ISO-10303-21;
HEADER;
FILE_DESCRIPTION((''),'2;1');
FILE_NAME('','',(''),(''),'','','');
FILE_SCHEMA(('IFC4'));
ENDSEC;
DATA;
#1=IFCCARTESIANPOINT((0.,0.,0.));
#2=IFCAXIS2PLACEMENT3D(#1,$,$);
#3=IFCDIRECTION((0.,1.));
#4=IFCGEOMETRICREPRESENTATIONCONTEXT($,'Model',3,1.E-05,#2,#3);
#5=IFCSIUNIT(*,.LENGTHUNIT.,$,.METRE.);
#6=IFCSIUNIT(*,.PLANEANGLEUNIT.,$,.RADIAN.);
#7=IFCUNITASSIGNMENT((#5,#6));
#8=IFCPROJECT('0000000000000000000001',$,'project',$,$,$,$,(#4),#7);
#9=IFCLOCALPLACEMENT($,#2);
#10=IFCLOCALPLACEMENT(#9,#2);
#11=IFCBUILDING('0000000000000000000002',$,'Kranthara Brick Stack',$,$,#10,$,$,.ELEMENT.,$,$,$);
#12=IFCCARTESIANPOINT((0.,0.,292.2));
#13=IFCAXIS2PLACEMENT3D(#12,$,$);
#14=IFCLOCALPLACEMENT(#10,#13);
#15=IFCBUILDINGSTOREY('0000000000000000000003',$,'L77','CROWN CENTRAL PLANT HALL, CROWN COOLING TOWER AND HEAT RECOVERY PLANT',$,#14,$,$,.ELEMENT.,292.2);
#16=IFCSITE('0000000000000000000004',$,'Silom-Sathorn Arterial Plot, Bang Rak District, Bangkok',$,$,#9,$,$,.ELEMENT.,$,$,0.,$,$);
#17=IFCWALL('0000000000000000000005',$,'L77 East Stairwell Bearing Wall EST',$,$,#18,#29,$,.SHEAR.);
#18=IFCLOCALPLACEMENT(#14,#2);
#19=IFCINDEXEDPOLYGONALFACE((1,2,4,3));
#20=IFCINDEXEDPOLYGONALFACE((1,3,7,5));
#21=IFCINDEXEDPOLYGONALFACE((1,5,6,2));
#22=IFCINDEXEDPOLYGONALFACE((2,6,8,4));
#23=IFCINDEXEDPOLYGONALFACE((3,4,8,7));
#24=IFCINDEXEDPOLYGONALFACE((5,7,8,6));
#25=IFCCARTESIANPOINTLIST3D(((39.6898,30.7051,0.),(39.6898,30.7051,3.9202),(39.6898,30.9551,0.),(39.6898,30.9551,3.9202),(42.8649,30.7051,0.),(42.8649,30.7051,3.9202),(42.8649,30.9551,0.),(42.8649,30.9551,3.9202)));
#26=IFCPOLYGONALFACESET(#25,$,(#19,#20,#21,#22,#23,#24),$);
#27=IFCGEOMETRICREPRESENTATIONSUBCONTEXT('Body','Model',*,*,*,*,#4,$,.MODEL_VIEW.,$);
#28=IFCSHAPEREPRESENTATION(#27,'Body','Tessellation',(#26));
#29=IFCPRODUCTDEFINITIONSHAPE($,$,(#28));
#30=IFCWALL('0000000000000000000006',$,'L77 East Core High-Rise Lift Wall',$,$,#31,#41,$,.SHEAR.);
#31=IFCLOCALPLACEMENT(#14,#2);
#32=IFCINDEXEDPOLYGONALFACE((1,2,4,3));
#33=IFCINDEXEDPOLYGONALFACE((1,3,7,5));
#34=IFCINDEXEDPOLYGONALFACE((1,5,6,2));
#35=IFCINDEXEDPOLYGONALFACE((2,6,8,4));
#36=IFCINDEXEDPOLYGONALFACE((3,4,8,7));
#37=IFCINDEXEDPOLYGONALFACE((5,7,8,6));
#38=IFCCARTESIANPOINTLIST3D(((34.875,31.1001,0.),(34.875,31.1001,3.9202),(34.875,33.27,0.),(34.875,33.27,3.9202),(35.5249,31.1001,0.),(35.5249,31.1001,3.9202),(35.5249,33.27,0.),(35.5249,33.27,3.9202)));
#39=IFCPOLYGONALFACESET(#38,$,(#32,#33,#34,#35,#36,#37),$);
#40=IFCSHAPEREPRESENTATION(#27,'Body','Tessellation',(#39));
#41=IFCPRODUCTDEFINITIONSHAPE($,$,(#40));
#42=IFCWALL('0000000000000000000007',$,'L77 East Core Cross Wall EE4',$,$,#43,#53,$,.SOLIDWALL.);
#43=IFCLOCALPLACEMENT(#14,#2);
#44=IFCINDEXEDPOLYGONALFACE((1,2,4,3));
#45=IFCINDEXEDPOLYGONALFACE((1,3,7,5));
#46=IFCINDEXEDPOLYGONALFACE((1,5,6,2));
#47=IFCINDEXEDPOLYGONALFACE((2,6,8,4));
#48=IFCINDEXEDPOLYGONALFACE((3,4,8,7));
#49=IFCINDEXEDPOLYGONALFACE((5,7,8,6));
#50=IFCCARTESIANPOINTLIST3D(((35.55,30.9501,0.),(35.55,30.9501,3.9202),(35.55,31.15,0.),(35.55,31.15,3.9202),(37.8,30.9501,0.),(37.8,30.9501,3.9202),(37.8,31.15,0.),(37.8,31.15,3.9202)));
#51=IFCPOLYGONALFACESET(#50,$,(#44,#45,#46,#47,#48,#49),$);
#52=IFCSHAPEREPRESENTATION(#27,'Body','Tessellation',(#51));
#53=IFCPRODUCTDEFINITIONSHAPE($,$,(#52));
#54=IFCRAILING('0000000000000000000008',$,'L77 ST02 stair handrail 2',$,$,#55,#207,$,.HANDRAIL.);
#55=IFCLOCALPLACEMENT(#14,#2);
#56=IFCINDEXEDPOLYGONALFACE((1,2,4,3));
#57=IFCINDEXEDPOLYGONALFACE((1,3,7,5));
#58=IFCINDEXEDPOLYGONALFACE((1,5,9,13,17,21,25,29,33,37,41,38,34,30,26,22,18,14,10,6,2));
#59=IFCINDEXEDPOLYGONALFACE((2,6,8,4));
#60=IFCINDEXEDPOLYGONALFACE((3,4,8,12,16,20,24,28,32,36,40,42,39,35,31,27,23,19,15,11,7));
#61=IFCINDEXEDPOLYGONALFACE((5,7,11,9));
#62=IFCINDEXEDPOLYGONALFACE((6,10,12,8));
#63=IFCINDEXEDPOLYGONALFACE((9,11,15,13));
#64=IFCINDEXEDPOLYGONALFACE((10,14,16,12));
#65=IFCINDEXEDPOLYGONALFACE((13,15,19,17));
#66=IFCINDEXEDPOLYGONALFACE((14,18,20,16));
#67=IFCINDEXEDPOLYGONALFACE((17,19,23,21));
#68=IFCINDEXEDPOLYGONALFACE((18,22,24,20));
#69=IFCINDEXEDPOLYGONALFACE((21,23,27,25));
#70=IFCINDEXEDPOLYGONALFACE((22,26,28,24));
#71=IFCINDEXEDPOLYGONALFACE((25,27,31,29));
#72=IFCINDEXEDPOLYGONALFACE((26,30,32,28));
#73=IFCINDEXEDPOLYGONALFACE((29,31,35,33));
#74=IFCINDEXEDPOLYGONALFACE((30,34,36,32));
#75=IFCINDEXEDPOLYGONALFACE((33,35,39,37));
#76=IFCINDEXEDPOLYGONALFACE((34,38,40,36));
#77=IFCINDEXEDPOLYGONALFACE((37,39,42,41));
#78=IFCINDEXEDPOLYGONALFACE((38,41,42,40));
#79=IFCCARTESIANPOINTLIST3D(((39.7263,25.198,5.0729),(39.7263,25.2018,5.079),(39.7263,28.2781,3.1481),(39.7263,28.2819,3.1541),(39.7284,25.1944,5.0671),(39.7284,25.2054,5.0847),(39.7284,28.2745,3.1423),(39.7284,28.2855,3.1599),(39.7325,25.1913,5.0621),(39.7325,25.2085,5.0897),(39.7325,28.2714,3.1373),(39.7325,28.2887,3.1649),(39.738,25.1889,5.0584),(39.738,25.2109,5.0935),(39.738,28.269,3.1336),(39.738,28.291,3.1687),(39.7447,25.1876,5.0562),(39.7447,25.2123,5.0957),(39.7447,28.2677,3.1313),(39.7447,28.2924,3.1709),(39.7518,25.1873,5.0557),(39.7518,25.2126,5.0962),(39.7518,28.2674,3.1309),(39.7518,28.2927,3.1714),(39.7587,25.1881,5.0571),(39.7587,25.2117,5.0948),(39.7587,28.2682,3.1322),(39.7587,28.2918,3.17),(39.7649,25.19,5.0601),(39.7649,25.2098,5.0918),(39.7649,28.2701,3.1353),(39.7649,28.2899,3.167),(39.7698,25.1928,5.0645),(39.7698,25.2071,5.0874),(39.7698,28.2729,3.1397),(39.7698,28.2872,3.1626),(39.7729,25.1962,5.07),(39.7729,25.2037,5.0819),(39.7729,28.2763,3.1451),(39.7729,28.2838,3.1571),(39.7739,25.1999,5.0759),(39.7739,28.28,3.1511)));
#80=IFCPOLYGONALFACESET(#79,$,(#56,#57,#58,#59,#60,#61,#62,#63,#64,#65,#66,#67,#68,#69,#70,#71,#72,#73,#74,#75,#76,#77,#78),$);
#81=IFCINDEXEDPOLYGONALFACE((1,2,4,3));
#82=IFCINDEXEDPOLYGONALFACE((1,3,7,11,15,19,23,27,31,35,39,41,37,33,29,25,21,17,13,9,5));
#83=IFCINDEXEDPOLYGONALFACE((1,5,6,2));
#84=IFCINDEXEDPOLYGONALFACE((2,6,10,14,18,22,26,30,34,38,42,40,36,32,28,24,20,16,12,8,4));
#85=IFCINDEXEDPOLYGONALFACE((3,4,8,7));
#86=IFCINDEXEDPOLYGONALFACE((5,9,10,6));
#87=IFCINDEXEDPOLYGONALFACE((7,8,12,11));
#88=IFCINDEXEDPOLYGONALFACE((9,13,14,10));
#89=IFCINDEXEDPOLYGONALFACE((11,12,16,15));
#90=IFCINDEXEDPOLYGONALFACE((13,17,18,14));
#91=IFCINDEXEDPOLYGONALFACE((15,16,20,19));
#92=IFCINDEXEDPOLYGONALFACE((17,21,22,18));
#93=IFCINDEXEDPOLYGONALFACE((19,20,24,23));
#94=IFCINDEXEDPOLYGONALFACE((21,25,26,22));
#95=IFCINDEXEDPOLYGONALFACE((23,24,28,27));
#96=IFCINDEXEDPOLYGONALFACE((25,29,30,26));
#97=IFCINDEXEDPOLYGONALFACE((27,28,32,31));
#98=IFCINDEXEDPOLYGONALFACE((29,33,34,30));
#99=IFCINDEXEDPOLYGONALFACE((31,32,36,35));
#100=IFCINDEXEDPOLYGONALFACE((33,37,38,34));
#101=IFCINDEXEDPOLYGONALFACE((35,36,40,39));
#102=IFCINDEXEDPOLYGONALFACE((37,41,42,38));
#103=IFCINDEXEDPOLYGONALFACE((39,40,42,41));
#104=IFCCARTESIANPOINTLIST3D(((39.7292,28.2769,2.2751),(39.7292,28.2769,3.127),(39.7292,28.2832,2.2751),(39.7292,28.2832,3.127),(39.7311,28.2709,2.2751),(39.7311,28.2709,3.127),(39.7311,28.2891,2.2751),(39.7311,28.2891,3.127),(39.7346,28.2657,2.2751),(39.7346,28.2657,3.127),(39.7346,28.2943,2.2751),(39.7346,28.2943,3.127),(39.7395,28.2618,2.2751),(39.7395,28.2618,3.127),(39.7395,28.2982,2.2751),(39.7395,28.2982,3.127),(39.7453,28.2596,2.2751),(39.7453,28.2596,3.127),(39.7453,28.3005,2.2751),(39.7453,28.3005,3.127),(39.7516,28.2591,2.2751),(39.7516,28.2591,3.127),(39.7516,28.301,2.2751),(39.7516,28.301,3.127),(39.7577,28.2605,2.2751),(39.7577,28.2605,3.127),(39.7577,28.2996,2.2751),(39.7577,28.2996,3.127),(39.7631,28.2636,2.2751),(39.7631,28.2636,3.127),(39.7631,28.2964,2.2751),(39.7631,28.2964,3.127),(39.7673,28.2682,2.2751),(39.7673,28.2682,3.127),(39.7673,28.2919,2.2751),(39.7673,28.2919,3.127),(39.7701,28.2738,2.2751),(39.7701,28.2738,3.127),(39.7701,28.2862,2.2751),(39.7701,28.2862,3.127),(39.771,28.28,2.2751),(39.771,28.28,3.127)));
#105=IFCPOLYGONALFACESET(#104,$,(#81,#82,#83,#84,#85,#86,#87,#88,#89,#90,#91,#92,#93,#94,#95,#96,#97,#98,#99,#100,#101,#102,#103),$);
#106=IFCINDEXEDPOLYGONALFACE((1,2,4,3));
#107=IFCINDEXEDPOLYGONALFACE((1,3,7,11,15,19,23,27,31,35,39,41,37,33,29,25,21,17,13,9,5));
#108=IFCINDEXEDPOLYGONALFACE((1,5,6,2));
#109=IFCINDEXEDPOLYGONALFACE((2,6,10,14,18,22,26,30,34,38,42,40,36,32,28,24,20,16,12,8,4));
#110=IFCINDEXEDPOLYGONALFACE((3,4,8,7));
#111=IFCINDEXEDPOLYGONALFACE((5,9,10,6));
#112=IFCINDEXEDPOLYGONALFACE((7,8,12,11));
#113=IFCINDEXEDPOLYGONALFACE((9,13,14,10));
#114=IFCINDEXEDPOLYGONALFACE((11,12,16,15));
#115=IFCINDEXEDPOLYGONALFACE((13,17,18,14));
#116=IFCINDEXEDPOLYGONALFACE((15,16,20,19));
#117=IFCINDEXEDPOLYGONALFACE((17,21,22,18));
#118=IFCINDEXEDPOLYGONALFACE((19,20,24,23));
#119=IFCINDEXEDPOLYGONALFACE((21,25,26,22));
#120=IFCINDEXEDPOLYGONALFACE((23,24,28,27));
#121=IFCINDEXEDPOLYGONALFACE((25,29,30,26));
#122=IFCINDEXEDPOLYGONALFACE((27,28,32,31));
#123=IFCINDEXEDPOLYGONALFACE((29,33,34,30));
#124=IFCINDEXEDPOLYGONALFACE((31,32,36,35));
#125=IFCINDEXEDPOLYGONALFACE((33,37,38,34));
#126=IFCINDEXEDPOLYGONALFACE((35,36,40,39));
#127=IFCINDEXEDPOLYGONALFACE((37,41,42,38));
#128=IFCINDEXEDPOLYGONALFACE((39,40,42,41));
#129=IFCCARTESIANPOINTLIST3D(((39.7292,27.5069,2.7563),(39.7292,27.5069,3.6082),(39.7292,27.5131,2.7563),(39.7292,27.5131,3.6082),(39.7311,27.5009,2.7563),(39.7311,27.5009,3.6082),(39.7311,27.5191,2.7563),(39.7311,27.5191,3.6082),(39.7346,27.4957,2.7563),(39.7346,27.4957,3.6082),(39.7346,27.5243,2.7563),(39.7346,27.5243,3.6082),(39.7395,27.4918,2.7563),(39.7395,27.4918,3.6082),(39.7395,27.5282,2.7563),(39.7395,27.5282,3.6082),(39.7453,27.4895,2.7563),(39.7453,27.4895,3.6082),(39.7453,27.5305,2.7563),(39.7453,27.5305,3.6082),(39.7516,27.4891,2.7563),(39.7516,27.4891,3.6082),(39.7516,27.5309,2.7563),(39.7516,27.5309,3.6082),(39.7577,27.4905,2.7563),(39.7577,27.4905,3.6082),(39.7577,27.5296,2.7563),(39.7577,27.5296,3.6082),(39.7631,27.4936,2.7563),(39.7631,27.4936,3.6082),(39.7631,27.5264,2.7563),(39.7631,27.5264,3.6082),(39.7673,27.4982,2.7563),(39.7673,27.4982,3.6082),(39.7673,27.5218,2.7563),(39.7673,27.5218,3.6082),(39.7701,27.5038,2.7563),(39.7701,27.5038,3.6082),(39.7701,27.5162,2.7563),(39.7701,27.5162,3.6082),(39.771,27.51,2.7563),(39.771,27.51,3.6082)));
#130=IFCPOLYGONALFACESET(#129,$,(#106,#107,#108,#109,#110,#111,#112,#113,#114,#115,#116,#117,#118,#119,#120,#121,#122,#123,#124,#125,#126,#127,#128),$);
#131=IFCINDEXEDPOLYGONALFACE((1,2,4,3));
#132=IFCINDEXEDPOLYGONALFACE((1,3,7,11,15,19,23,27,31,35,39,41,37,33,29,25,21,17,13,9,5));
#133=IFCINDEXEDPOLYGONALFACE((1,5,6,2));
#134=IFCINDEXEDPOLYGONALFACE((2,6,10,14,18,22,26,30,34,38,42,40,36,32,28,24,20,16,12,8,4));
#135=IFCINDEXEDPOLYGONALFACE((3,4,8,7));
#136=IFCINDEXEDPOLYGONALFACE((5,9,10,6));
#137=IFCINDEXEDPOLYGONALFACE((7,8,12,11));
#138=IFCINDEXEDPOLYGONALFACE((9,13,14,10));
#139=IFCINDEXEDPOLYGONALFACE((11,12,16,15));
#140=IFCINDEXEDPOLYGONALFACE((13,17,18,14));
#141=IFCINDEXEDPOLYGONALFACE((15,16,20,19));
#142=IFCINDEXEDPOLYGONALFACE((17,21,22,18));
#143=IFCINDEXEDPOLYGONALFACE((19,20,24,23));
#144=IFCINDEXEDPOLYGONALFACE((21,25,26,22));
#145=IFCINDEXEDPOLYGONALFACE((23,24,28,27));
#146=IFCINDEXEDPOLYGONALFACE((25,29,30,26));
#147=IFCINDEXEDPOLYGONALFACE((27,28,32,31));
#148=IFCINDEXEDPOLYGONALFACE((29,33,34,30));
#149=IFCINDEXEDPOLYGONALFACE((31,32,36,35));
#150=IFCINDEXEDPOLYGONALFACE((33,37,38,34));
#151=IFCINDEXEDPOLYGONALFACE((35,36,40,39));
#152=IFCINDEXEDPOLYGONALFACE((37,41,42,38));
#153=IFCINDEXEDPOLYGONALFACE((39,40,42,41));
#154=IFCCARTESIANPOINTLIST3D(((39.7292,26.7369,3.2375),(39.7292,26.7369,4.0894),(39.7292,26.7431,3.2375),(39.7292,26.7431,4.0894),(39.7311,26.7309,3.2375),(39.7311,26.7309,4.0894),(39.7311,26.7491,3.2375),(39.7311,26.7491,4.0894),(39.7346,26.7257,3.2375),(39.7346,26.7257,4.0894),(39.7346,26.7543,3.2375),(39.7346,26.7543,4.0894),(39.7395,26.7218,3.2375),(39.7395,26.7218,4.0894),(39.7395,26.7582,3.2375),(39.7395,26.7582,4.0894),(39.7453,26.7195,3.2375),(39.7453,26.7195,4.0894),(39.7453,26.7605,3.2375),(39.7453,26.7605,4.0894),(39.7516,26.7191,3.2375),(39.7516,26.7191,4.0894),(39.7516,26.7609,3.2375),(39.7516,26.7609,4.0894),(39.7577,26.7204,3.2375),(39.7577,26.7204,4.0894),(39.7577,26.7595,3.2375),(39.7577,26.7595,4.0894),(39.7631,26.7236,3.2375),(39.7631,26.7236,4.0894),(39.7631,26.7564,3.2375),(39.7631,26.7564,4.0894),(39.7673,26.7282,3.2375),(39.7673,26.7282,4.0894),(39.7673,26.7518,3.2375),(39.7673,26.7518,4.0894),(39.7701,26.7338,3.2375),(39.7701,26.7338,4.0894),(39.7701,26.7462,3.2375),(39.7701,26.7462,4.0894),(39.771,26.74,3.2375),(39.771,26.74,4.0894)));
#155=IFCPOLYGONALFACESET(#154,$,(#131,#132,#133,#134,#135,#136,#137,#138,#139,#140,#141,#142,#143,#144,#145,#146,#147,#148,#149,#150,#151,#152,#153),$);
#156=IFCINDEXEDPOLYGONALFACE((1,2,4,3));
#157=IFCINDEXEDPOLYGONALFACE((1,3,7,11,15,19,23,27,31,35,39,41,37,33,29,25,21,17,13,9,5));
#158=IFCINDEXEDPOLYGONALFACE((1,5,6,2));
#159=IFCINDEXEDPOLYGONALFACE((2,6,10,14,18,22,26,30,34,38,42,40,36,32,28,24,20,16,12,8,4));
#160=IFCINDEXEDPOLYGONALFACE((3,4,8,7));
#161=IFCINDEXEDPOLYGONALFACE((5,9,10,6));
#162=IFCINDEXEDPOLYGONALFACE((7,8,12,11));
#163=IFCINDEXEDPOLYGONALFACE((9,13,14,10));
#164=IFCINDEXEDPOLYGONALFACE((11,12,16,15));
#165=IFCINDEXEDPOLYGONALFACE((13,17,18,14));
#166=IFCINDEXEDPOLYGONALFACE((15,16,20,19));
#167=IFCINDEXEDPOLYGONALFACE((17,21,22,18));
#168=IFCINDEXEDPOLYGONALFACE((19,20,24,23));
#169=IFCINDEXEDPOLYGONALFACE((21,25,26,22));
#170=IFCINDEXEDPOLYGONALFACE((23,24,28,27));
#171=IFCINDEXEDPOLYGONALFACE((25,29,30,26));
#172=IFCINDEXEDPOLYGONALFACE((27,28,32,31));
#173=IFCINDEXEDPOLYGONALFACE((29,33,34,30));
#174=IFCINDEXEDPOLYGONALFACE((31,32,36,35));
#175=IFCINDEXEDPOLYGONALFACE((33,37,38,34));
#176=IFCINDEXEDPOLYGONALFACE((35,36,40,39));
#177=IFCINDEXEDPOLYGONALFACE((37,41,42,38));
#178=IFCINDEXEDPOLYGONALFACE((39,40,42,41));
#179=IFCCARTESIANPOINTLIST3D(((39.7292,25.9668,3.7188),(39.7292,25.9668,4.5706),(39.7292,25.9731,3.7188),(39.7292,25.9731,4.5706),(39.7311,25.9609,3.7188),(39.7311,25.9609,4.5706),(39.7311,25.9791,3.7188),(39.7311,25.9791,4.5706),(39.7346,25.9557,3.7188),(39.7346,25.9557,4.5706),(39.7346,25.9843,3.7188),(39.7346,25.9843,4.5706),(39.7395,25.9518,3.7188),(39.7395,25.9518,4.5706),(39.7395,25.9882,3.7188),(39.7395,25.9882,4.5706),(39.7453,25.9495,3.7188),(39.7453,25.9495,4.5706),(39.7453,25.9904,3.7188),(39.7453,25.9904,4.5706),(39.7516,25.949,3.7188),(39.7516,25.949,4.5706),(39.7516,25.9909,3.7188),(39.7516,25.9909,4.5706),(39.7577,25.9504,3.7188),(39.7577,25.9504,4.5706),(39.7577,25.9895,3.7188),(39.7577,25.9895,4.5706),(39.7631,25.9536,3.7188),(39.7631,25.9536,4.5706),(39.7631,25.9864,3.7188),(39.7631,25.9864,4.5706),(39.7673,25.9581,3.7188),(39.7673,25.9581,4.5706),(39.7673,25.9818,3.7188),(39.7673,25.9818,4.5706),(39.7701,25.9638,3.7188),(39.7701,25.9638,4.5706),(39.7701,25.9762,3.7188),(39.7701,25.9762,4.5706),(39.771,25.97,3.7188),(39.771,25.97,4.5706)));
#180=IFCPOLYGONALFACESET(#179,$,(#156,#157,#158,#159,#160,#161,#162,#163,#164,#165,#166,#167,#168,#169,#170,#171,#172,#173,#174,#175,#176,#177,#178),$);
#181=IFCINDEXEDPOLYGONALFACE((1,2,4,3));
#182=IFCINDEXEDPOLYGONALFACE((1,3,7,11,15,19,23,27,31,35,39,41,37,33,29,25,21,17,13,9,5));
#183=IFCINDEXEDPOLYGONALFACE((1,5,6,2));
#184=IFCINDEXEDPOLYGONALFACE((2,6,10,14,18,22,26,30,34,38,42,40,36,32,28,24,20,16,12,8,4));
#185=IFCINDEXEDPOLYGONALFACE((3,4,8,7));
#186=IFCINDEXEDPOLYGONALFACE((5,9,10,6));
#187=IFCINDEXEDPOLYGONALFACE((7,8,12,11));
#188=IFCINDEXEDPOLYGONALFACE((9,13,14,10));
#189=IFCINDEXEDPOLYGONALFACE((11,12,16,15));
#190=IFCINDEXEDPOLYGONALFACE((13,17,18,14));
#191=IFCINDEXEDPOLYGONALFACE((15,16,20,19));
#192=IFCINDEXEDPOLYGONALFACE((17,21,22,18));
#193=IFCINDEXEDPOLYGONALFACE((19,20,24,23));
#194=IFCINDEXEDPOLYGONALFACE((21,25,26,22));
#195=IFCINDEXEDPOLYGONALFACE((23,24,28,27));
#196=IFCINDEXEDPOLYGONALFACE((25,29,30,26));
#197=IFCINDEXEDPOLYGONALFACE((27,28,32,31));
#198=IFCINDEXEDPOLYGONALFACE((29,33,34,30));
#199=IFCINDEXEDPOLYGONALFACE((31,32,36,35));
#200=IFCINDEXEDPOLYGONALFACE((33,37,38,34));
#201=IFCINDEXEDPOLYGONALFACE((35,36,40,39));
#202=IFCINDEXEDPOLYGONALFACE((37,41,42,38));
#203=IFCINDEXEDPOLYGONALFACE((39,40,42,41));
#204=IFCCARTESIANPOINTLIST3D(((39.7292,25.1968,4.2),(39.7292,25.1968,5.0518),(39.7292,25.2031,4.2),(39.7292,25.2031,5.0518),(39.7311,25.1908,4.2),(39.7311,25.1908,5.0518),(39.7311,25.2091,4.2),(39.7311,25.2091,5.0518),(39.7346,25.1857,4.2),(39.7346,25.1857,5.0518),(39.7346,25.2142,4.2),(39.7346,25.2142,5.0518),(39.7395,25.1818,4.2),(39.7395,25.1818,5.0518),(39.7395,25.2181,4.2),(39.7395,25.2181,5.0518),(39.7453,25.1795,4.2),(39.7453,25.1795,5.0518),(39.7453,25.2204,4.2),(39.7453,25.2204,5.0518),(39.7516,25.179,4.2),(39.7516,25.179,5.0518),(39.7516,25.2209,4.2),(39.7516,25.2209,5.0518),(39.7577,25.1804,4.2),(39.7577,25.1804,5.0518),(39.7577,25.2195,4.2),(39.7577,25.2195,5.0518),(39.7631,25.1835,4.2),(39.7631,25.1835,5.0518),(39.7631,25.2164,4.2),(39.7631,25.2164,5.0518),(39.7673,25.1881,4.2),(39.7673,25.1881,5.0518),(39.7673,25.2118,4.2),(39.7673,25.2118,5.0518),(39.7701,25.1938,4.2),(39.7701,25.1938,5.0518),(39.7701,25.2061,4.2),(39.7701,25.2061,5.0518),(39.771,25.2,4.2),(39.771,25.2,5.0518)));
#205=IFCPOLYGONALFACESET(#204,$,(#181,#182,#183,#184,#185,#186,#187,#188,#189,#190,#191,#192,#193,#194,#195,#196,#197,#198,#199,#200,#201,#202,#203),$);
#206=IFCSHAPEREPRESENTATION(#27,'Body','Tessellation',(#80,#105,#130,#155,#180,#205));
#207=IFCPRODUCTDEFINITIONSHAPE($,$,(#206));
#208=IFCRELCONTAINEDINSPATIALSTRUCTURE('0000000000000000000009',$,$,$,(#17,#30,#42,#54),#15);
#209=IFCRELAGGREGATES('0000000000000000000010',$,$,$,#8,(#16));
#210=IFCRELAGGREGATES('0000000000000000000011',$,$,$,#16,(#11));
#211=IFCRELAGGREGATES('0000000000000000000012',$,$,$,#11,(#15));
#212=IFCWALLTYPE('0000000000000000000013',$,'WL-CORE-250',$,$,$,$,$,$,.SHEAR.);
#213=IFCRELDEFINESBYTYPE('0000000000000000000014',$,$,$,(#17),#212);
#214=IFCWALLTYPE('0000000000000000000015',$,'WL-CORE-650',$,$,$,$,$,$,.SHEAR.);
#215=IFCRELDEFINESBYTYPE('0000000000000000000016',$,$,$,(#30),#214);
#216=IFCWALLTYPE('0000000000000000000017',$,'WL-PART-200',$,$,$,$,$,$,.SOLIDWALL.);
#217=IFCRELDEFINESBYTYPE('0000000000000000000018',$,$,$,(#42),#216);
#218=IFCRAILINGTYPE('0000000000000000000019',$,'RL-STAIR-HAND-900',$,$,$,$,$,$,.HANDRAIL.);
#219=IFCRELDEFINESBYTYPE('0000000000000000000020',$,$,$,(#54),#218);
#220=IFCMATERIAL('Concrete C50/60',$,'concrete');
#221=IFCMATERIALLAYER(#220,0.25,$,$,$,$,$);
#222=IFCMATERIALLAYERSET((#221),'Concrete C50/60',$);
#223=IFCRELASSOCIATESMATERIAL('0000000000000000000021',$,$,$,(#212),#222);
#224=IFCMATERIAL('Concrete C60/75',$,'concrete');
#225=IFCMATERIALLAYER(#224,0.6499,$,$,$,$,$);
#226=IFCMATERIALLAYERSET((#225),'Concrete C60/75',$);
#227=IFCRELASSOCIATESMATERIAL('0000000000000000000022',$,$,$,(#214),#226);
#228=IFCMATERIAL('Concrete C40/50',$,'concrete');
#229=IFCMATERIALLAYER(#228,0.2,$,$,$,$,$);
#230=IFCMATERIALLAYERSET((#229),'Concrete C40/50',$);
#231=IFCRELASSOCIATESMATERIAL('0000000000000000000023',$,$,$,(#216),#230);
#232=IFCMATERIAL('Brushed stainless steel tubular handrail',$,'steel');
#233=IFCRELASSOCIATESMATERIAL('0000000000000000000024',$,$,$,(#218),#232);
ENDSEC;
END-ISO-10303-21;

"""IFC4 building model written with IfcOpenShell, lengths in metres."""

from ifc_helpers import new_model, si_unit, direction, frame, frame_2d, origin, origin_2d, place, context, subcontext, project, spatial, rectangle, circle, extrude, material, layer, layer_set, type_object, element, save


model = new_model("IFC4")

# Units and contexts
model_context = context("Model", 3, precision=1e-05, world=origin(), true_north=direction((0.0, 1.0)))
body_context = subcontext(model_context, "Body", "Model", "MODEL_VIEW")
ifc_project = project(units=[si_unit("LENGTHUNIT", "METRE"), si_unit("PLANEANGLEUNIT", "RADIAN")], contexts=[model_context])

# Site, building, storey
site_placement = place(None, origin())
site = spatial("IfcSite", under=ifc_project, at=site_placement, Name="Silom-Sathorn Arterial Plot, Bang Rak District, Bangkok", CompositionType="ELEMENT", RefElevation=0.0)
building_placement = place(site_placement, origin())
building = spatial("IfcBuilding", under=site, at=building_placement, Name="Kranthara Brick Stack", CompositionType="ELEMENT")
storey_placement = place(building_placement, frame((0.0, 0.0, 292.2)))
storey = spatial("IfcBuildingStorey", under=building, at=storey_placement, Name="L77", Description="CROWN CENTRAL PLANT HALL, CROWN COOLING TOWER AND HEAT RECOVERY PLANT", CompositionType="ELEMENT", Elevation=292.2)

# Wall
ifc_material_1 = material(Name="Concrete C50/60", Category="concrete")
ifc_layer_1 = layer(ifc_material_1, 0.25)
ifc_layer_set_1 = layer_set([ifc_layer_1], Name="Concrete C50/60")
wall_type_1 = type_object("IfcWallType", Name="WL-CORE-250", PredefinedType="SHEAR", material=ifc_layer_set_1)
wall_1_placement = place(storey_placement, frame((39.6899, 30.8301, 0.0), z_axis=(0.0, 0.0, 1.0), x_axis=(1.0, 0.0, 0.0)))
element("IfcWall", 1, at=wall_1_placement, inside=storey, type_object=wall_type_1, Name="L77 East Stairwell Bearing Wall EST", PredefinedType="SHEAR", context=body_context, shape_type="SweptSolid", body=[
    extrude(rectangle(XDim=3.175, YDim=0.25, at=frame_2d((1.5874, 0.0))), origin(), (0.0, 0.0, 1.0), 3.9202),
])

# Shared definitions
ifc_material_2 = material(Name="Concrete C60/75", Category="concrete")
ifc_layer_2 = layer(ifc_material_2, 0.6499)
ifc_layer_set_2 = layer_set([ifc_layer_2], Name="Concrete C60/75")
wall_type_2 = type_object("IfcWallType", Name="WL-CORE-650", PredefinedType="SHEAR", material=ifc_layer_set_2)

# Walls
wall_2_placement = place(storey_placement, frame((35.2, 31.1001, 0.0), z_axis=(0.0, 0.0, 1.0), x_axis=(0.0, 1.0, 0.0)))
element("IfcWall", 2, at=wall_2_placement, inside=storey, type_object=wall_type_2, Name="L77 East Core High-Rise Lift Wall", PredefinedType="SHEAR", context=body_context, shape_type="SweptSolid", body=[
    extrude(rectangle(XDim=2.1699, YDim=0.6499, at=frame_2d((1.085, 0.0))), origin(), (0.0, 0.0, 1.0), 3.9202),
])
ifc_material_3 = material(Name="Concrete C40/50", Category="concrete")
ifc_layer_3 = layer(ifc_material_3, 0.2)
ifc_layer_set_3 = layer_set([ifc_layer_3], Name="Concrete C40/50")
wall_type_3 = type_object("IfcWallType", Name="WL-PART-200", PredefinedType="SOLIDWALL", material=ifc_layer_set_3)
wall_3_placement = place(storey_placement, frame((35.55, 31.05, 0.0), z_axis=(0.0, 0.0, 1.0), x_axis=(1.0, 0.0, 0.0)))
element("IfcWall", 3, at=wall_3_placement, inside=storey, type_object=wall_type_3, Name="L77 East Core Cross Wall EE4", PredefinedType="SOLIDWALL", context=body_context, shape_type="SweptSolid", body=[
    extrude(rectangle(XDim=2.25, YDim=0.2, at=frame_2d((1.125, 0.0))), origin(), (0.0, 0.0, 1.0), 3.9202),
])

# Railing
ifc_material_4 = material(Name="Brushed stainless steel tubular handrail", Category="steel")
railing_type = type_object("IfcRailingType", Name="RL-STAIR-HAND-900", PredefinedType="HANDRAIL", material=ifc_material_4)
railing_placement = place(storey_placement, frame((39.75, 28.28, 2.2751)))
element("IfcRailing", 4, at=railing_placement, inside=storey, type_object=railing_type, Name="L77 ST02 stair handrail 2", PredefinedType="HANDRAIL", context=body_context, shape_type="SweptSolid", body=[
    extrude(circle(Radius=0.0239, at=origin_2d()), frame((0.0, 0.0, 0.876), z_axis=(0.0, -0.848029, 0.529951), x_axis=(1.0, 0.0, 0.0)), (0.0, 0.0, 1.0), 3.6321),
    extrude(circle(Radius=0.021, at=origin_2d()), origin(), (0.0, 0.0, 1.0), 0.8518),
    extrude(circle(Radius=0.021, at=origin_2d()), frame((0.0, -0.77, 0.4812)), (0.0, 0.0, 1.0), 0.8518),
    extrude(circle(Radius=0.021, at=origin_2d()), frame((0.0, -1.54, 0.9624)), (0.0, 0.0, 1.0), 0.8518),
    extrude(circle(Radius=0.021, at=origin_2d()), frame((0.0, -2.3101, 1.4436)), (0.0, 0.0, 1.0), 0.8518),
    extrude(circle(Radius=0.021, at=origin_2d()), frame((0.0, -3.0801, 1.9248)), (0.0, 0.0, 1.0), 0.8518),
])

save(model, "model.ifc")
